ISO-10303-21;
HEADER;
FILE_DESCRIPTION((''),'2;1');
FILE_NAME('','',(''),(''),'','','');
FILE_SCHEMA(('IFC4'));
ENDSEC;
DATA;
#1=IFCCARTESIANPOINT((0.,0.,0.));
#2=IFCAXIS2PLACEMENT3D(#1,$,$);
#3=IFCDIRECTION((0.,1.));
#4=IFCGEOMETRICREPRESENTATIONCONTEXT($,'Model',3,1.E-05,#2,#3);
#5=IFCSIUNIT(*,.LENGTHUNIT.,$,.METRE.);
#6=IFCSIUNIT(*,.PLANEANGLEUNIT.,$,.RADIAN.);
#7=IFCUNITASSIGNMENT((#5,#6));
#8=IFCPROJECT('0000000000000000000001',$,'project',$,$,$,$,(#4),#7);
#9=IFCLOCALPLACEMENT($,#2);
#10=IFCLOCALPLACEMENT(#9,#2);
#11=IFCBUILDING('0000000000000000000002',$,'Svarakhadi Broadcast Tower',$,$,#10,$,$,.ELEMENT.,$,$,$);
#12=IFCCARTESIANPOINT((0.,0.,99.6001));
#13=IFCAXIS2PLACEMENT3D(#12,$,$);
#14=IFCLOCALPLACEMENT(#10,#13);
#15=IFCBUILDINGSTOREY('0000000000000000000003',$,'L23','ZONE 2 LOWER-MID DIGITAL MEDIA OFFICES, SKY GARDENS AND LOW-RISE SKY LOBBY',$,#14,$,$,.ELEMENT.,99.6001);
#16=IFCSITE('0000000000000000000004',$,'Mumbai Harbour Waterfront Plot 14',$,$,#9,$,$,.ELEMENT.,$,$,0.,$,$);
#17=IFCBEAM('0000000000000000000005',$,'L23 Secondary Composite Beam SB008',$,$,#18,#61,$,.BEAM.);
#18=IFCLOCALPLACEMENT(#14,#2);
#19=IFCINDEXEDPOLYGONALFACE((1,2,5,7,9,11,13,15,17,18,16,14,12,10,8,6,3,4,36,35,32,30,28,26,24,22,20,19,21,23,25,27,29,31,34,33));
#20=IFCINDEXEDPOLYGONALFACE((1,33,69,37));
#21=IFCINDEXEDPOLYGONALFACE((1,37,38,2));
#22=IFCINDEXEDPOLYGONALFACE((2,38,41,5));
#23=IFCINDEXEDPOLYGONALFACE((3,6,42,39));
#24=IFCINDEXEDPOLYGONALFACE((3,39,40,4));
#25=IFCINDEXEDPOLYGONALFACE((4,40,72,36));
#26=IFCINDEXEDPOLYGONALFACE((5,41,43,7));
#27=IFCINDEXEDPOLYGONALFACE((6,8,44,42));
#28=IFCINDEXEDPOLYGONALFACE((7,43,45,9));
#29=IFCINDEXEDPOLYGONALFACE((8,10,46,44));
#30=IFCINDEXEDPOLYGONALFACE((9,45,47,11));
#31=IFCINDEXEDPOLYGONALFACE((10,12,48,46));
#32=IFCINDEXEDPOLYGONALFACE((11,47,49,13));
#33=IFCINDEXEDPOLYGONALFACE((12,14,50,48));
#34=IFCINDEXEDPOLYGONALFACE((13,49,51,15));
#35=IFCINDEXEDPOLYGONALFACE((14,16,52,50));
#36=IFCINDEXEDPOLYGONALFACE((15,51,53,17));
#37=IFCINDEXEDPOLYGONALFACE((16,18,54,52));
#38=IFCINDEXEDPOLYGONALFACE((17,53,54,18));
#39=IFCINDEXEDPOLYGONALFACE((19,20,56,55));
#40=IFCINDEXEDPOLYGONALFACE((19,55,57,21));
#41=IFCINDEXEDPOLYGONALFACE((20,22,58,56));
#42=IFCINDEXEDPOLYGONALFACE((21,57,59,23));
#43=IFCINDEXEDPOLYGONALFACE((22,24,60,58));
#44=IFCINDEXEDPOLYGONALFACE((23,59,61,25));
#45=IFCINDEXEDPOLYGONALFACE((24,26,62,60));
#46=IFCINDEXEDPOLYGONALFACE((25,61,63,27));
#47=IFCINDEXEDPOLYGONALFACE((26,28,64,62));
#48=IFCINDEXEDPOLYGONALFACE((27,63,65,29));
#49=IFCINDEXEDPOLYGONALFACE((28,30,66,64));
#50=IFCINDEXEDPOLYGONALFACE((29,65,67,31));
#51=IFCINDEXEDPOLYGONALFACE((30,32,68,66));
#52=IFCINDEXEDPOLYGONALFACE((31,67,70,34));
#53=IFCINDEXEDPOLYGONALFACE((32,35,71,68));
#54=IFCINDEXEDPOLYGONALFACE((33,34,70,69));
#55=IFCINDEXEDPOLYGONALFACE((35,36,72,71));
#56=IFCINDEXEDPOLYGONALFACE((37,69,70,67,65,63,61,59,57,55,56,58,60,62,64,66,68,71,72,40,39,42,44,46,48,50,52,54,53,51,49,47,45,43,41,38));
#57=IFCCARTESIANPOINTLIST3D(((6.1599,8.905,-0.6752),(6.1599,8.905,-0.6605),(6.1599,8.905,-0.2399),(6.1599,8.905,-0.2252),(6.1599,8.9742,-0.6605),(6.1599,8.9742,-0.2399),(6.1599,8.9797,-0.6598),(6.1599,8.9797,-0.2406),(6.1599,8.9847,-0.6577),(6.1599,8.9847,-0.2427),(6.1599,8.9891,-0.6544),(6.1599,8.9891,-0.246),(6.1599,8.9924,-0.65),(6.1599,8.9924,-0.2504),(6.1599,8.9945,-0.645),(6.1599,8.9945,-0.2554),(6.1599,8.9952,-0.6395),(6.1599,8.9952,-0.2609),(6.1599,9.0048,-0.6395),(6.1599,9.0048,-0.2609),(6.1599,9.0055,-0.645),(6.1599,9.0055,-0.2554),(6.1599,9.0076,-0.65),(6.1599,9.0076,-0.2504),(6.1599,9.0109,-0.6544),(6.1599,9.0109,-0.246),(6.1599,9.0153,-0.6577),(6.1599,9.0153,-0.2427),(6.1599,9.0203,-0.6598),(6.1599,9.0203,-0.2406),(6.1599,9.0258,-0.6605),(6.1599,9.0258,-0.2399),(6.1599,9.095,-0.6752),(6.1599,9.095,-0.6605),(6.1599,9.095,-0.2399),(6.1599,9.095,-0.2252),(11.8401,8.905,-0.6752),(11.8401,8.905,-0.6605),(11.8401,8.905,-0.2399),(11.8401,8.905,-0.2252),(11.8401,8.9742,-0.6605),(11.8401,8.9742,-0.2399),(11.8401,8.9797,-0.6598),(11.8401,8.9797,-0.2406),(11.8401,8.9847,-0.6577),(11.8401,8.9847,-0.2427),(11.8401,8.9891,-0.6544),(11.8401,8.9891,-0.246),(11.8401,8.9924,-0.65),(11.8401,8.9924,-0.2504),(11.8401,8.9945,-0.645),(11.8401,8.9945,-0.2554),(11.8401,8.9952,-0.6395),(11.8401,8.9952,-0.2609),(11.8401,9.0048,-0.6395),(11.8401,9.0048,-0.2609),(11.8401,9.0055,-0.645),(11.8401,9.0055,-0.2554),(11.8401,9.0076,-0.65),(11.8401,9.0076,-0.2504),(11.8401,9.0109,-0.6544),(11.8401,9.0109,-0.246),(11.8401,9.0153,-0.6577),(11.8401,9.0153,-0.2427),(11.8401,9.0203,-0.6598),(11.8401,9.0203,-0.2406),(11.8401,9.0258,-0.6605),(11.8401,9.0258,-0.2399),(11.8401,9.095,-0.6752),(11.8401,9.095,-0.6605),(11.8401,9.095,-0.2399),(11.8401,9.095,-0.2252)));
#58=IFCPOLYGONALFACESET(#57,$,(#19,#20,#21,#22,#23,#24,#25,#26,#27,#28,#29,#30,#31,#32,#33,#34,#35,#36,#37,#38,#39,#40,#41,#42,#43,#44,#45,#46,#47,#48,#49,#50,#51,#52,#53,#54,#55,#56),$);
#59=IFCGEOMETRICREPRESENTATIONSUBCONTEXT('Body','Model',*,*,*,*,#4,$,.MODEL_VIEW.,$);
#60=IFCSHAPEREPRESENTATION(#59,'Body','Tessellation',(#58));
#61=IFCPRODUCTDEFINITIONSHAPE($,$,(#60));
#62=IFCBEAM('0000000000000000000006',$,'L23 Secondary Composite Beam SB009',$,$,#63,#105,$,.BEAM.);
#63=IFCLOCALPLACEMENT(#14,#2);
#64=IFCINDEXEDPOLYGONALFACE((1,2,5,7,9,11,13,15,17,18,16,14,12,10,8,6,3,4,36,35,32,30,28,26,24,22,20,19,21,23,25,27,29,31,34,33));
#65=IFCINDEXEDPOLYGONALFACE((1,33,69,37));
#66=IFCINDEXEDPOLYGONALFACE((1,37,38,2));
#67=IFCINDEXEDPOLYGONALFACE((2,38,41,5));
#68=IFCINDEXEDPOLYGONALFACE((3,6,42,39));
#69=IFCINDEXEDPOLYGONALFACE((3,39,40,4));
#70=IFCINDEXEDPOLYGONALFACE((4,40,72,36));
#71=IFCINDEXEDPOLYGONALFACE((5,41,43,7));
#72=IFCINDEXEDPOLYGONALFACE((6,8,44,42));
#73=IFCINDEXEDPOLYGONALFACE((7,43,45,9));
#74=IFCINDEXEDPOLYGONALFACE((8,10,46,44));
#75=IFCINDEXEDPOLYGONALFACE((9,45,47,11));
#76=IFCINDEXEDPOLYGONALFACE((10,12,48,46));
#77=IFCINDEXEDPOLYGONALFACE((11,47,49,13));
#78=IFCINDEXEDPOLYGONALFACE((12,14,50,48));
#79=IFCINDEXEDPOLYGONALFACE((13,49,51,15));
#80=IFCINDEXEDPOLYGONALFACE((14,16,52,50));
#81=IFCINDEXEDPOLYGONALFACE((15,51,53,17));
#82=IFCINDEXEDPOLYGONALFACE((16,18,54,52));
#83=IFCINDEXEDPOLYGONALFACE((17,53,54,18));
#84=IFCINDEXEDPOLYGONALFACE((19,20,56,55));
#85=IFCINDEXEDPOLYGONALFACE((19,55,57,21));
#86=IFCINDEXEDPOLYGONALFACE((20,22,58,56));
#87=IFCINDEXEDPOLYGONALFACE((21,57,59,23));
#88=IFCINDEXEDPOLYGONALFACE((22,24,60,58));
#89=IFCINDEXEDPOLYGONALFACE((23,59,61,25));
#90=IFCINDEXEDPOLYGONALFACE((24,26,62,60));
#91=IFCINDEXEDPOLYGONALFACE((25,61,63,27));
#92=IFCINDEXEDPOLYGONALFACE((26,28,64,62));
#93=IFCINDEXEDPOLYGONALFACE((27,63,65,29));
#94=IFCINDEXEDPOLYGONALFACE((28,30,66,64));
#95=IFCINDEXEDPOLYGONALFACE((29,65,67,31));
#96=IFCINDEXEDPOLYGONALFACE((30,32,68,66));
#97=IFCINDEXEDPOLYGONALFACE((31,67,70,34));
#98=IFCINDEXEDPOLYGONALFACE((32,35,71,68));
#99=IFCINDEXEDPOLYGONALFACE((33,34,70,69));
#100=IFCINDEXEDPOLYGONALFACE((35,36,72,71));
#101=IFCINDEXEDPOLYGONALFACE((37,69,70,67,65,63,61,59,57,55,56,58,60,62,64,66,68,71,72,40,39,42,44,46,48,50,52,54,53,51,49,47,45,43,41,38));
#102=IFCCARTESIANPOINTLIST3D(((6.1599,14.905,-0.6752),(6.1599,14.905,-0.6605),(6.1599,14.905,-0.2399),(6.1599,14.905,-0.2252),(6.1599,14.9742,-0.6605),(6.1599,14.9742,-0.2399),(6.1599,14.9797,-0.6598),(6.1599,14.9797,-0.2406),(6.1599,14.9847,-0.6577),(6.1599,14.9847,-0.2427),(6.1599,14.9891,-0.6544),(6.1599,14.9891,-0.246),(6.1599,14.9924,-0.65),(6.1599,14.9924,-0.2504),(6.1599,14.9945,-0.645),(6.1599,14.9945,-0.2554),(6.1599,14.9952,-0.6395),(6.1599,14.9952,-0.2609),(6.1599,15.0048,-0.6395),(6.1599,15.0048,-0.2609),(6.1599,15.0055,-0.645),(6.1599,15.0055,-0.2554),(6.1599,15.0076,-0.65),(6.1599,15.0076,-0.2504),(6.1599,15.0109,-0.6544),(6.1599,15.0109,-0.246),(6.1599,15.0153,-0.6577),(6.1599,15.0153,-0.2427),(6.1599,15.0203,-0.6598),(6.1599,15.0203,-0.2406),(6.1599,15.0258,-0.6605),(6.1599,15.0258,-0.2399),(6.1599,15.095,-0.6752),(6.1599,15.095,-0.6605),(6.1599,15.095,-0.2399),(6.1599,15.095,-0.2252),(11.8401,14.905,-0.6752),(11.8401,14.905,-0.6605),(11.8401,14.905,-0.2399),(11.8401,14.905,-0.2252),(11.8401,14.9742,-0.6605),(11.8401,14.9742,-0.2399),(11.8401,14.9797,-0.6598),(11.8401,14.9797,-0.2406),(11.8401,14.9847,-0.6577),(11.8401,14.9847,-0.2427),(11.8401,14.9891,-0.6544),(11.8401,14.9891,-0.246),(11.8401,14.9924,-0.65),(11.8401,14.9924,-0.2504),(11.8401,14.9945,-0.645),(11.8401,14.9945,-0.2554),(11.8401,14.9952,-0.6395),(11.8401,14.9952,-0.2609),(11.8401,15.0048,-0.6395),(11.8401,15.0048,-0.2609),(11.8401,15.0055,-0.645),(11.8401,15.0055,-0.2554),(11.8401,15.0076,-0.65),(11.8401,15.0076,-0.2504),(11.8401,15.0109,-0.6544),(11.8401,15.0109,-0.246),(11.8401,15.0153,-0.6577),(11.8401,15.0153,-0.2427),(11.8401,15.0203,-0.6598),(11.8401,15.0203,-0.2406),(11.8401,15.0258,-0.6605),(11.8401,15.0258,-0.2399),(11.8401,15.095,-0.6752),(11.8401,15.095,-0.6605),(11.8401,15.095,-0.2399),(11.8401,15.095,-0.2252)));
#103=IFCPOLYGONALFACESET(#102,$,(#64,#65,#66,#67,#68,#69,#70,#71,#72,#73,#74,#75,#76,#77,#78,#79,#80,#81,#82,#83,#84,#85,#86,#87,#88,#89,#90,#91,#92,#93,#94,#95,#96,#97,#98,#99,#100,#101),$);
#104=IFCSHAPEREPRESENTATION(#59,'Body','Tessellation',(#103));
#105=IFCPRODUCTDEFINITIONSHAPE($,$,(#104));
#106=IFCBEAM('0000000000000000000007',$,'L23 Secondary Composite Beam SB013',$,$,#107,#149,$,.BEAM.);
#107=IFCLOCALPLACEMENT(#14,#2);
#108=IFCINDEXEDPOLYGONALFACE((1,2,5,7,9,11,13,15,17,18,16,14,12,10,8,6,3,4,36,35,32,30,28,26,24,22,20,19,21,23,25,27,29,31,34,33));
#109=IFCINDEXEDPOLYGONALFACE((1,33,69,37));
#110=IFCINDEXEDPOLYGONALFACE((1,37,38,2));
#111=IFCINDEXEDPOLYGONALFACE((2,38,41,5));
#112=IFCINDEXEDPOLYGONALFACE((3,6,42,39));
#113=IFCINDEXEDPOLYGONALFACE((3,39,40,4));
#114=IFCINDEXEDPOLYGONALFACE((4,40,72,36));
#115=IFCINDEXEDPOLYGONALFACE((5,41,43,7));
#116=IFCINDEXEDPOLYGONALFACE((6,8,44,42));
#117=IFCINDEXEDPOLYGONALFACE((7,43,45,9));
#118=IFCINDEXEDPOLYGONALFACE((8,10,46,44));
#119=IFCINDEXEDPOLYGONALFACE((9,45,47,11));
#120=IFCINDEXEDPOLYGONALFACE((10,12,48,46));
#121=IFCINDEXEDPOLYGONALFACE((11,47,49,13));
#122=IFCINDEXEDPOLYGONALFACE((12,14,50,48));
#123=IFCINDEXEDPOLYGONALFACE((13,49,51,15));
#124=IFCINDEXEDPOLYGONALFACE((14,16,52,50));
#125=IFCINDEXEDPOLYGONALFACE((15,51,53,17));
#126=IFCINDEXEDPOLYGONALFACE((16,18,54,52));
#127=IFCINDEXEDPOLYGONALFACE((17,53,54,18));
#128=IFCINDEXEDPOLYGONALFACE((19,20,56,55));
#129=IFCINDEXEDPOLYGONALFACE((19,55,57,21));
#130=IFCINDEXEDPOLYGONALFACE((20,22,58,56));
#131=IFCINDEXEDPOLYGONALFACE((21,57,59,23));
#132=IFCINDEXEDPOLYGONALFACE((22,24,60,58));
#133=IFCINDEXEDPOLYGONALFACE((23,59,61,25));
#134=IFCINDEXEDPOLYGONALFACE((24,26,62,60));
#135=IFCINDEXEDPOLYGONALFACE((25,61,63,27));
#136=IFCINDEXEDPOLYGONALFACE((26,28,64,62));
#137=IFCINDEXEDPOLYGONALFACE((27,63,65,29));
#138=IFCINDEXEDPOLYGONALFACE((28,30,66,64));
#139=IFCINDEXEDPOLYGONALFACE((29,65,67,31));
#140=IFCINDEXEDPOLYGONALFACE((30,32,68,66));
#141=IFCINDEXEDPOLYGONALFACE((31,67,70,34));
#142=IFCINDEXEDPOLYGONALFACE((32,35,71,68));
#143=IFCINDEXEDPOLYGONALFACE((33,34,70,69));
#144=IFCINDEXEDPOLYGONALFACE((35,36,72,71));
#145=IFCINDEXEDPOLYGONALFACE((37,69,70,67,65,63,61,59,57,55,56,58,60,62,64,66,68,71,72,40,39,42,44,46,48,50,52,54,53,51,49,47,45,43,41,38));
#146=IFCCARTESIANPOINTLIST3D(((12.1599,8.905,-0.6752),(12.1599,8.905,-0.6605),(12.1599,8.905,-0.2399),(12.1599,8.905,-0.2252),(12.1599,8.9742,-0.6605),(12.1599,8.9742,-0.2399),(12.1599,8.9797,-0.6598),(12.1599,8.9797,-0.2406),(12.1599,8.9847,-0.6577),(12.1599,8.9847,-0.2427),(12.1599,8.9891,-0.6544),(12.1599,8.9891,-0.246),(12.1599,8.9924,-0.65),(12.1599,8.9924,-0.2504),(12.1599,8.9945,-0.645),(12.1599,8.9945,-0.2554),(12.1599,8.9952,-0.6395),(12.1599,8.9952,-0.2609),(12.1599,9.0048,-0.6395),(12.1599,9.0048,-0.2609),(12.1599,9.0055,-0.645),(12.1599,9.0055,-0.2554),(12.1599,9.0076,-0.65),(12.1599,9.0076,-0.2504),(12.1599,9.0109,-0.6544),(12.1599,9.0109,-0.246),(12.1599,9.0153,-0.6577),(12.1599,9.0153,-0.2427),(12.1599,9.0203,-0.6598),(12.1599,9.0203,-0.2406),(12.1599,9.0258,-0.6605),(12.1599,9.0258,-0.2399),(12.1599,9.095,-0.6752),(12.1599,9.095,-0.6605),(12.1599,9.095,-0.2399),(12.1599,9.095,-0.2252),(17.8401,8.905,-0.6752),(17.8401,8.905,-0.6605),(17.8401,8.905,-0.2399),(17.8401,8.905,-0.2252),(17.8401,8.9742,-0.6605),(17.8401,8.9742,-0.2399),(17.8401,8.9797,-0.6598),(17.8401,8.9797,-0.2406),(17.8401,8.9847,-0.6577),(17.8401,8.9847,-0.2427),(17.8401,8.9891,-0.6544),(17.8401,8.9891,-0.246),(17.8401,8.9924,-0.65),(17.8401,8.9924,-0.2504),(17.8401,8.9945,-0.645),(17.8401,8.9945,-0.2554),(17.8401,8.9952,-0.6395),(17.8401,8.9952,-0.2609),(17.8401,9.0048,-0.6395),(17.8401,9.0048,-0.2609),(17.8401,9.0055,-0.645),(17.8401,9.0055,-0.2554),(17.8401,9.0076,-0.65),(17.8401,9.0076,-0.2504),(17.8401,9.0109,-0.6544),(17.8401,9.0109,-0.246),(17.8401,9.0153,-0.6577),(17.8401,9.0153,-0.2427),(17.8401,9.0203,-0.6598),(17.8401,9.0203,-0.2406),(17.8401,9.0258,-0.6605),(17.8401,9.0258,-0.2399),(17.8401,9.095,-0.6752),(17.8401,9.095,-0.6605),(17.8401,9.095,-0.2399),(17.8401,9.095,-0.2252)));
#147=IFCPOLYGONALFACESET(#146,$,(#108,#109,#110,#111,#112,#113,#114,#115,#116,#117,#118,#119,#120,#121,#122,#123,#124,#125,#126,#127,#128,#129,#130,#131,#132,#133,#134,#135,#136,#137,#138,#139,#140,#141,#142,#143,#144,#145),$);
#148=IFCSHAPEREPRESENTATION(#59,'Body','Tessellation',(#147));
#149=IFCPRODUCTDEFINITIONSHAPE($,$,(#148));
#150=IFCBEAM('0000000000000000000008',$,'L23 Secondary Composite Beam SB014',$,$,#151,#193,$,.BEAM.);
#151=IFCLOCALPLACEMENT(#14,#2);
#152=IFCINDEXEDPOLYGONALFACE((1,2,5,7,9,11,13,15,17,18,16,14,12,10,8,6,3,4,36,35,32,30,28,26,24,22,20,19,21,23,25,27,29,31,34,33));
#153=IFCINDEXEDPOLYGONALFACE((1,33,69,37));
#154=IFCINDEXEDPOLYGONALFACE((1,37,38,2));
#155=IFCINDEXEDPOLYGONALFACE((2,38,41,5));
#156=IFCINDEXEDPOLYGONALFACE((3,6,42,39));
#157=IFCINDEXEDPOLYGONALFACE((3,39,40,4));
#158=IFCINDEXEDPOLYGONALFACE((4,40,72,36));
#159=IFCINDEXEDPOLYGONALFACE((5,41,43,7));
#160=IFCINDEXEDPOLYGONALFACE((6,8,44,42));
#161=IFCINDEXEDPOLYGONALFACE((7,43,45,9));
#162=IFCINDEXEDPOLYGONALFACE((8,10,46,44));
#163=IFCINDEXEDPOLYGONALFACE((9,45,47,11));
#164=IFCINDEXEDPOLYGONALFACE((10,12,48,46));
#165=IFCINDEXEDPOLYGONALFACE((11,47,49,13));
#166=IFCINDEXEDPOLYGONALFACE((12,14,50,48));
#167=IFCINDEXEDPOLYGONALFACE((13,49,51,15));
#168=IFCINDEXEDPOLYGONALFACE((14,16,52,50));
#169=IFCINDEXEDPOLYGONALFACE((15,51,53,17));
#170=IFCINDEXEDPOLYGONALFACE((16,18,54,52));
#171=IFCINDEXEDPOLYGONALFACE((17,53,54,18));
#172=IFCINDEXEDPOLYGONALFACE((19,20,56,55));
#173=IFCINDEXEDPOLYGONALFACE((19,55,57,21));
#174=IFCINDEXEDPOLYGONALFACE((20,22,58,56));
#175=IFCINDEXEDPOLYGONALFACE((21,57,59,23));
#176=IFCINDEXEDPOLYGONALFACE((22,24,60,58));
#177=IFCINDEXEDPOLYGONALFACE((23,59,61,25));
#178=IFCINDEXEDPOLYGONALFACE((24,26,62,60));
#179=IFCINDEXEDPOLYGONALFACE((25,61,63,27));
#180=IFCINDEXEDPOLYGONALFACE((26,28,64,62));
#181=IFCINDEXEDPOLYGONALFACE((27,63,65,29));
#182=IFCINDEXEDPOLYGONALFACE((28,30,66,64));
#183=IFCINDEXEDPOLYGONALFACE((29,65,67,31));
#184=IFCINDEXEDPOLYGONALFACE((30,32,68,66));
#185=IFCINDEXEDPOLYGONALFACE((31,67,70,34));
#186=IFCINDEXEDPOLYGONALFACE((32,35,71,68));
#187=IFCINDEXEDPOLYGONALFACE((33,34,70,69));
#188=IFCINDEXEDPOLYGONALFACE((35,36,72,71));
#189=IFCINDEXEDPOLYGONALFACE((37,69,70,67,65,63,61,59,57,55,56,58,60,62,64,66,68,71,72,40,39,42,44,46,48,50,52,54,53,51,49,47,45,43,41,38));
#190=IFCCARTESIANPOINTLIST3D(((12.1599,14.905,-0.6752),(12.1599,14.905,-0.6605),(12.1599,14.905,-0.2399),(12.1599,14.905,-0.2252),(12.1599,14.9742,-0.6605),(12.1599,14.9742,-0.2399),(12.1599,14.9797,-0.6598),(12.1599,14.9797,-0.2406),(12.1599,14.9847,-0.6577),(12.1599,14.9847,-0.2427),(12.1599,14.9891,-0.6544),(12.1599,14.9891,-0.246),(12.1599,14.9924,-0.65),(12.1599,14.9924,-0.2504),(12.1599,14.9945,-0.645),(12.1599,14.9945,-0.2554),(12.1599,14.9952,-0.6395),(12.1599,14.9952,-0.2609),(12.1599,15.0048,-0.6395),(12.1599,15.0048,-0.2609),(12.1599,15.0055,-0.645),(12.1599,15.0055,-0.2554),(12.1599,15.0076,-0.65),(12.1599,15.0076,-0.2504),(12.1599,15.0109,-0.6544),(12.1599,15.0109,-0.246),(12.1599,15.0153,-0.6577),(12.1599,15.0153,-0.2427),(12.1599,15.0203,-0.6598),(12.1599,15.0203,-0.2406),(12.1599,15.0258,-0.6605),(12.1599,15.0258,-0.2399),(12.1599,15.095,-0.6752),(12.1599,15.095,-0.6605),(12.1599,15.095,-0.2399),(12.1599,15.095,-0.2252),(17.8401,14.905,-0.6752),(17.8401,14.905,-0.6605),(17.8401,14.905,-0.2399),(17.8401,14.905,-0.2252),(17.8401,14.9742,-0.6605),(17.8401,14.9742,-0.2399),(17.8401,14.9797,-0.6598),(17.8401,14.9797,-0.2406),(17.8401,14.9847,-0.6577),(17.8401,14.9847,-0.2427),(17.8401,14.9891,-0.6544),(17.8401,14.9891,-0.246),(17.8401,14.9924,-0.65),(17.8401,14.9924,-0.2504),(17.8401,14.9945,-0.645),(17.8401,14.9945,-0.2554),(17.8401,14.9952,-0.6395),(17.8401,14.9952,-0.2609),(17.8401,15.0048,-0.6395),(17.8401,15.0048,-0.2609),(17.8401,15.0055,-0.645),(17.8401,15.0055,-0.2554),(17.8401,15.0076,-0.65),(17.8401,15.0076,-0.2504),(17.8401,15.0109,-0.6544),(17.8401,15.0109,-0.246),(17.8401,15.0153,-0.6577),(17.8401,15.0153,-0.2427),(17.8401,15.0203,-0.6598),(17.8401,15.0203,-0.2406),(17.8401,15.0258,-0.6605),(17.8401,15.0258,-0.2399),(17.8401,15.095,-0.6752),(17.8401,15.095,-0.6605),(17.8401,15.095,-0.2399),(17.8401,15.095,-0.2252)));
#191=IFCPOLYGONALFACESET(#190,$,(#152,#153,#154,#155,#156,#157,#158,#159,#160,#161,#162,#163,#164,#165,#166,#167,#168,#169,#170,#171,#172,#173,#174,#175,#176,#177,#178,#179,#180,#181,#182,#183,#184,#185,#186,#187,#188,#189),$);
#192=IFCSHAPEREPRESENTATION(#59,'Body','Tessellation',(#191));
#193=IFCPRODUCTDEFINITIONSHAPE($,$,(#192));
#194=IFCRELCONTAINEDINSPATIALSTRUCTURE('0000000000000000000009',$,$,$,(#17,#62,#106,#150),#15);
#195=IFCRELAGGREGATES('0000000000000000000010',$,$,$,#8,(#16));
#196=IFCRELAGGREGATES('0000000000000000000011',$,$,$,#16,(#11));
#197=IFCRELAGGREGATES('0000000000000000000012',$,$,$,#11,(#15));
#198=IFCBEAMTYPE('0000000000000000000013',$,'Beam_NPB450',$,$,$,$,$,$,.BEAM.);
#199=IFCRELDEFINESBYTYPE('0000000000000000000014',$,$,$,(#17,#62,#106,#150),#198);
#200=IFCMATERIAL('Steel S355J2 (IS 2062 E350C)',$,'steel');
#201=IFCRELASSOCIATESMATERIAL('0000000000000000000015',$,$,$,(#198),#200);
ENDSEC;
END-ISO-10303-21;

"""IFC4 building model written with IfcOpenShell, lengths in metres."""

from ifc_helpers import new_model, si_unit, direction, frame, origin, origin_2d, place, context, subcontext, project, spatial, i_section, extrude, material, material_profile, profile_set, type_object, element, save


model = new_model("IFC4")

# Units and contexts
model_context = context("Model", 3, precision=1e-05, world=origin(), true_north=direction((0.0, 1.0)))
body_context = subcontext(model_context, "Body", "Model", "MODEL_VIEW")
ifc_project = project(units=[si_unit("LENGTHUNIT", "METRE"), si_unit("PLANEANGLEUNIT", "RADIAN")], contexts=[model_context])

# Site, building, storey
site_placement = place(None, origin())
site = spatial("IfcSite", under=ifc_project, at=site_placement, Name="Mumbai Harbour Waterfront Plot 14", CompositionType="ELEMENT", RefElevation=0.0)
building_placement = place(site_placement, origin())
building = spatial("IfcBuilding", under=site, at=building_placement, Name="Svarakhadi Broadcast Tower", CompositionType="ELEMENT")
storey_placement = place(building_placement, frame((0.0, 0.0, 99.6001)))
storey = spatial("IfcBuildingStorey", under=building, at=storey_placement, Name="L23", Description="ZONE 2 LOWER-MID DIGITAL MEDIA OFFICES, SKY GARDENS AND LOW-RISE SKY LOBBY", CompositionType="ELEMENT", Elevation=99.6001)

# Beams
ifc_material_1 = material(Name="Steel S355J2 (IS 2062 E350C)", Category="steel")
ifc_material_profile_1 = material_profile(ifc_material_1, i_section(OverallWidth=0.1899, OverallDepth=0.45, WebThickness=0.0095, FlangeThickness=0.0146, FilletRadius=0.021, at=origin_2d()), Name="NPB 450x190x78")
ifc_profile_set_1 = profile_set([ifc_material_profile_1], Name="Steel S355J2 (IS 2062 E350C)")
beam_type_1 = type_object("IfcBeamType", Name="Beam_NPB450", PredefinedType="BEAM", material=ifc_profile_set_1)
for number, where, z_axis, x_axis, name in (
    (1, (6.1599, 9.0, -0.4502), (1.0, 0.0, 0.0), (0.0, 1.0, 0.0), "L23 Secondary Composite Beam SB008"),
    (2, (6.1599, 15.0, -0.4502), (1.0, 0.0, 0.0), (0.0, 1.0, 0.0), "L23 Secondary Composite Beam SB009"),
    (3, (12.1599, 9.0, -0.4502), (1.0, 0.0, 0.0), (0.0, 1.0, 0.0), "L23 Secondary Composite Beam SB013"),
    (4, (12.1599, 15.0, -0.4502), (1.0, 0.0, 0.0), (0.0, 1.0, 0.0), "L23 Secondary Composite Beam SB014"),
):
    element("IfcBeam", number, at=place(storey_placement, frame(where, z_axis=z_axis, x_axis=x_axis)), inside=storey, type_object=beam_type_1, Name=name, PredefinedType="BEAM", context=body_context, shape_type="SweptSolid", body=[
        extrude(i_section(OverallWidth=0.1899, OverallDepth=0.45, WebThickness=0.0095, FlangeThickness=0.0146, FilletRadius=0.021, at=origin_2d()), origin(), (0.0, 0.0, 1.0), 5.6802),
    ])

save(model, "model.ifc")
